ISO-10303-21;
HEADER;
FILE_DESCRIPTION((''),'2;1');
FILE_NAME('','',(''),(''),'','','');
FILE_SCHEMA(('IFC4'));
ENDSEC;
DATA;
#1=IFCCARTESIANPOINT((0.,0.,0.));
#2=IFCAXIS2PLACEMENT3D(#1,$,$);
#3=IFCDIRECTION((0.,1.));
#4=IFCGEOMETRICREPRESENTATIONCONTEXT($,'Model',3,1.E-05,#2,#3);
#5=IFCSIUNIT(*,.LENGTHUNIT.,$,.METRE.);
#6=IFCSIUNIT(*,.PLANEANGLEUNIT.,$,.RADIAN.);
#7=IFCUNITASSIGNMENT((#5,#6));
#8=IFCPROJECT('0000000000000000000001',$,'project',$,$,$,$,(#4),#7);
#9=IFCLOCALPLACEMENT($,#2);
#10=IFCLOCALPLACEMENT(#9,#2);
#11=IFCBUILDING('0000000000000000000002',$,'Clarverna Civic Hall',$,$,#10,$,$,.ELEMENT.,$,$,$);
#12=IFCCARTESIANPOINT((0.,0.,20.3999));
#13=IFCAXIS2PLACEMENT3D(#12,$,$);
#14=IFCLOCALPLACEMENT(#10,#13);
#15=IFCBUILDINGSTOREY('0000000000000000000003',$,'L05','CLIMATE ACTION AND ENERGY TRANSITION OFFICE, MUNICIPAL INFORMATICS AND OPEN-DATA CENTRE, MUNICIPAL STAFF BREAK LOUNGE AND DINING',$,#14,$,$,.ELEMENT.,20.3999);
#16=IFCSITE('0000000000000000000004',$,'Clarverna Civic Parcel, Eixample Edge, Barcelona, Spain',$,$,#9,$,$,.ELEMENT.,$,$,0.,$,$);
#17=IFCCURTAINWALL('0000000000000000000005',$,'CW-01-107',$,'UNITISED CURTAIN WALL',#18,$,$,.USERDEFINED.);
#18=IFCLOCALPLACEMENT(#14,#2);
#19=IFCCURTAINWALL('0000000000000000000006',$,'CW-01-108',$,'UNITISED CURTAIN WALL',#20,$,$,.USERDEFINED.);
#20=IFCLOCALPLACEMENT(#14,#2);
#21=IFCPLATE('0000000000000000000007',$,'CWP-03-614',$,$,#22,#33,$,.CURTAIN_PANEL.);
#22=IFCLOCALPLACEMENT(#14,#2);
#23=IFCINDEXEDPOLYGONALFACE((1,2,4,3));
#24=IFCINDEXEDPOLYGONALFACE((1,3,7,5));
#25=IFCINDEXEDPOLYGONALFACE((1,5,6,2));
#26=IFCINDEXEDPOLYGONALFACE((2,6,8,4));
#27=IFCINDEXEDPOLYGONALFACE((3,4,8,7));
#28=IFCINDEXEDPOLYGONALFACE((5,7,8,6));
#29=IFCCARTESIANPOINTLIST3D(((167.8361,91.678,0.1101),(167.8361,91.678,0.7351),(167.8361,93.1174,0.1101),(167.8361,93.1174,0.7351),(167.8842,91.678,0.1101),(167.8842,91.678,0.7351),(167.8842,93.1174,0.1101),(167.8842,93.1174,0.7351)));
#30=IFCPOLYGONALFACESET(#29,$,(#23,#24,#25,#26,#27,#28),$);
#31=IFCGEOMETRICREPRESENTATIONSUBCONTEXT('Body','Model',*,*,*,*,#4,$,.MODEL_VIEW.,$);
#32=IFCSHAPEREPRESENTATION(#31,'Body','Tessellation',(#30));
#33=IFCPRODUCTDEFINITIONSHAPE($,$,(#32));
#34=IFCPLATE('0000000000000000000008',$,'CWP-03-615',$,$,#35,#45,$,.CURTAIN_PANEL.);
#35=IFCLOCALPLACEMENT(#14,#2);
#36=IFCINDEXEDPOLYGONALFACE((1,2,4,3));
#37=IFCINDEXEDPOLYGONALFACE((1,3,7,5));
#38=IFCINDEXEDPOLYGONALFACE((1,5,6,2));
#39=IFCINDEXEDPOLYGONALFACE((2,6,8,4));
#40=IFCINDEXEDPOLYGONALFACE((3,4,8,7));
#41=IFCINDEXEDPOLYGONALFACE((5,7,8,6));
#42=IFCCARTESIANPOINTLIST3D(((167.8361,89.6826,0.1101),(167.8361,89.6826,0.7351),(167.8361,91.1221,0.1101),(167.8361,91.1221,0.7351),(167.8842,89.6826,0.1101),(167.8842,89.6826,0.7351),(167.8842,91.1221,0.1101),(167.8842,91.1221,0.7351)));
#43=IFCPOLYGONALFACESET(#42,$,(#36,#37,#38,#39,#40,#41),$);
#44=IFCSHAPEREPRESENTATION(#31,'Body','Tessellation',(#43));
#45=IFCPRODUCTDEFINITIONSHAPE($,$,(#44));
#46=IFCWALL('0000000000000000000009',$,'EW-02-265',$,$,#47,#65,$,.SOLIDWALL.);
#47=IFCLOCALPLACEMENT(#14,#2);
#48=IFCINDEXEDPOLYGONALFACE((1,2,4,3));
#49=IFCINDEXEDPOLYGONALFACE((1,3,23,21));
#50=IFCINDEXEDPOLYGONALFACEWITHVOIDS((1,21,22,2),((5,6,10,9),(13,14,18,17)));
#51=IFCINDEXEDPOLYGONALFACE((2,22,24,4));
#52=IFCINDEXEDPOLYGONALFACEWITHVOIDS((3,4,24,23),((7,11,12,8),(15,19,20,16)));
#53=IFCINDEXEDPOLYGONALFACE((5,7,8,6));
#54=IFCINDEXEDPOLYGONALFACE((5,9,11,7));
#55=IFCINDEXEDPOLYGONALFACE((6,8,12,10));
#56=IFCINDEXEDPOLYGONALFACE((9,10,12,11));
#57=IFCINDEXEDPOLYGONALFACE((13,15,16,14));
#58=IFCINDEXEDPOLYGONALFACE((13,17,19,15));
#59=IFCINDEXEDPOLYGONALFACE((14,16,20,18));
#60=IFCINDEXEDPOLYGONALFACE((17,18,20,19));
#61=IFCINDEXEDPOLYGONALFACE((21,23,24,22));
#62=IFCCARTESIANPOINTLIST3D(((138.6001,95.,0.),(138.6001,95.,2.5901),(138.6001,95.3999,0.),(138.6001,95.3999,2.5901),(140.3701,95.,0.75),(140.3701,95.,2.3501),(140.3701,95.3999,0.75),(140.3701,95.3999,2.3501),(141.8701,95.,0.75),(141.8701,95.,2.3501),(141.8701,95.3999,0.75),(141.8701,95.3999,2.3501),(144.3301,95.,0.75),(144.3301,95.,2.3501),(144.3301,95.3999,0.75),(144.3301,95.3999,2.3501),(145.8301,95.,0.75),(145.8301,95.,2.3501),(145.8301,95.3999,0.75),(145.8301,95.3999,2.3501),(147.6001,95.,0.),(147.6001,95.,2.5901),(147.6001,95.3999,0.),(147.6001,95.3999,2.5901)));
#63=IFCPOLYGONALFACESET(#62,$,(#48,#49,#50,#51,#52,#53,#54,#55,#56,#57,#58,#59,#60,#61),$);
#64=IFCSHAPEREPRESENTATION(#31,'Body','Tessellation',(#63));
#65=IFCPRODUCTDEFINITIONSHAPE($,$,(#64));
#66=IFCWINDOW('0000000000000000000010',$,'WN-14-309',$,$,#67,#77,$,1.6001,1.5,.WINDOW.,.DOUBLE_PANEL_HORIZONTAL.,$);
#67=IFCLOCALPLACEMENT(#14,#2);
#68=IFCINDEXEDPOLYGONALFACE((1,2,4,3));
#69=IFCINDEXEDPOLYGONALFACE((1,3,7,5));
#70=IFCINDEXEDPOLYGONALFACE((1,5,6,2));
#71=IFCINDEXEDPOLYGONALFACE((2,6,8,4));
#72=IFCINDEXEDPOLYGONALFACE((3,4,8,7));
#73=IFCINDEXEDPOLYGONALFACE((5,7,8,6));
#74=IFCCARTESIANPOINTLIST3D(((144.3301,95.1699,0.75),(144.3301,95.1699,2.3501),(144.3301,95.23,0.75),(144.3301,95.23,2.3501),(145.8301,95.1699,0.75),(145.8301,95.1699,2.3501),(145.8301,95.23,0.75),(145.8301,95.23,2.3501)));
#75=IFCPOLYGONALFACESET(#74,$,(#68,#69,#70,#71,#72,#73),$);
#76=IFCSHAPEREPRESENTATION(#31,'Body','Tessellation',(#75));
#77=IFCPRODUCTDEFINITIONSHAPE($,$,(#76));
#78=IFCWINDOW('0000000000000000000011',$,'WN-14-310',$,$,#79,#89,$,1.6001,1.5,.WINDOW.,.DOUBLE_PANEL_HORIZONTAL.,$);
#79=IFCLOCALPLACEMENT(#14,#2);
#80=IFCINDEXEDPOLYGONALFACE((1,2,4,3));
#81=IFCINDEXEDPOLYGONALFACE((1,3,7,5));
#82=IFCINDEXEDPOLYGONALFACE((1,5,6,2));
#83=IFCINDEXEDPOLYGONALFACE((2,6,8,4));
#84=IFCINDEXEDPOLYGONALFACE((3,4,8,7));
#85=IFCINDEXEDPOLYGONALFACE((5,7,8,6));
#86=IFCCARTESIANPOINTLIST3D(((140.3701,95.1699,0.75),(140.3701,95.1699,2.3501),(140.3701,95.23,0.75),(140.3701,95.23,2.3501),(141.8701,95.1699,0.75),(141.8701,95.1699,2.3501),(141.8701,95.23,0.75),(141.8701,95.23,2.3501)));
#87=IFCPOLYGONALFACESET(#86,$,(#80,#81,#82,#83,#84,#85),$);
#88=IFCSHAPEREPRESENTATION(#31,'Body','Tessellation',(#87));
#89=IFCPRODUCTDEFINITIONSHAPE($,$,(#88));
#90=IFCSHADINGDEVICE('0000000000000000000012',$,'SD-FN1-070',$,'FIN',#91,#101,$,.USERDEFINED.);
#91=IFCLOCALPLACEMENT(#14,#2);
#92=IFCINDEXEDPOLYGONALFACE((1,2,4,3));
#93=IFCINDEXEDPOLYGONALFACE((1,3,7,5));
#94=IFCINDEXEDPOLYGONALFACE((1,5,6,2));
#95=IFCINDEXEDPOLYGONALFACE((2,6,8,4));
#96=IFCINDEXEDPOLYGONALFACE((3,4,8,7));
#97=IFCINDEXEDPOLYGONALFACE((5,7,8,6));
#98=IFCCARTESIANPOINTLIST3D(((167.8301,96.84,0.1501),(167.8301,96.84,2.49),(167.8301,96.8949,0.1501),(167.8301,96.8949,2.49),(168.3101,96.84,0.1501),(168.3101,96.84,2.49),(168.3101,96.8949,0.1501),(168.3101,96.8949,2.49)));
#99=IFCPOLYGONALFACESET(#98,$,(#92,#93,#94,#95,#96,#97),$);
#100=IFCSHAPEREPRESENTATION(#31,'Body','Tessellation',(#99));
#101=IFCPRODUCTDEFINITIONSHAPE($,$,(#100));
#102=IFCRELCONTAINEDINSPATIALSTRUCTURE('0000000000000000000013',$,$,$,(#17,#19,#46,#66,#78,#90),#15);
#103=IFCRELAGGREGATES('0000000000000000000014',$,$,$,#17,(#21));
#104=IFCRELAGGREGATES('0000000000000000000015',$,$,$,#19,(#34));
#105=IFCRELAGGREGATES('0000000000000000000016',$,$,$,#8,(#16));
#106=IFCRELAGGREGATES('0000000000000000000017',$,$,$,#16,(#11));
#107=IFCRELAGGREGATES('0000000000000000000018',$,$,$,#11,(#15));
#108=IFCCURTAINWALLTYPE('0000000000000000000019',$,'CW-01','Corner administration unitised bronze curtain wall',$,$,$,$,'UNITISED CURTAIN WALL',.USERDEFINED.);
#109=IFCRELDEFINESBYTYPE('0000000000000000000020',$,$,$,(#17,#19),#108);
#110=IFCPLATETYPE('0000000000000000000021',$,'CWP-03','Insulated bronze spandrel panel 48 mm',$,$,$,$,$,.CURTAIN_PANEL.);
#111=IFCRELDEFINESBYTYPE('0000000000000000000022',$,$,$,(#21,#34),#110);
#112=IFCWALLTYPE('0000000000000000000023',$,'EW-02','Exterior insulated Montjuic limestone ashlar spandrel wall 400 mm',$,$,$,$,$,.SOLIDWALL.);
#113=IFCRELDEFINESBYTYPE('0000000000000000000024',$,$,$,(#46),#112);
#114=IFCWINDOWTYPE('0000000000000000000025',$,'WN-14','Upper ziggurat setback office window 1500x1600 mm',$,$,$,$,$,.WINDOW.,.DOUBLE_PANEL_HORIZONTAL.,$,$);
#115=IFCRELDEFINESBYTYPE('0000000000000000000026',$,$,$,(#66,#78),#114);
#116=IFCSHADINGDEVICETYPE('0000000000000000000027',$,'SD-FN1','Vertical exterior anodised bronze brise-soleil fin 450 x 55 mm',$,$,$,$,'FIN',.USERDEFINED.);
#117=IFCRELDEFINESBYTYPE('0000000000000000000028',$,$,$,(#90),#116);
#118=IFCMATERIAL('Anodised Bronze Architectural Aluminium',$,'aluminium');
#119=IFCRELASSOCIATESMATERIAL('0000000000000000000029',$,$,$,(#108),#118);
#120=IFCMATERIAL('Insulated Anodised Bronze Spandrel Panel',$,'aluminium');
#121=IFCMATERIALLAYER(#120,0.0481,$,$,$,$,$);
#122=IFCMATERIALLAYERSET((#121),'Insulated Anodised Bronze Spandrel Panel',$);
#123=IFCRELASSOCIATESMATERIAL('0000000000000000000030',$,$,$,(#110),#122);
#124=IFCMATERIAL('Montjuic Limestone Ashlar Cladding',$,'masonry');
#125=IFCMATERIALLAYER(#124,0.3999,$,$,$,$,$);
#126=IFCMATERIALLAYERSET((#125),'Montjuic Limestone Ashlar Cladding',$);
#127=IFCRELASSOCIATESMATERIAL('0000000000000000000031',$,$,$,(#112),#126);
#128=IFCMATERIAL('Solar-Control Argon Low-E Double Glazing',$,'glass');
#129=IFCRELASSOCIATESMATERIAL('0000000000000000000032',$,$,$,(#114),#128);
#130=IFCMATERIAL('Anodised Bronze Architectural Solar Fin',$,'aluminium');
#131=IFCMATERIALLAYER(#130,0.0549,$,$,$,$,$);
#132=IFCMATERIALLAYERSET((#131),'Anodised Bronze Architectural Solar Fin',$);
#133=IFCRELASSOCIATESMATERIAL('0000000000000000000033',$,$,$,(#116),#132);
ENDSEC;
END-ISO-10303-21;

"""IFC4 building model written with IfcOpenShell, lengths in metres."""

from ifc_helpers import new_model, si_unit, direction, frame, frame_2d, origin, place, context, subcontext, project, spatial, rectangle, extrude, material, layer, layer_set, type_object, element, fill, aggregate, save


model = new_model("IFC4")

# Units and contexts
model_context = context("Model", 3, precision=1e-05, world=origin(), true_north=direction((0.0, 1.0)))
body_context = subcontext(model_context, "Body", "Model", "MODEL_VIEW")
ifc_project = project(units=[si_unit("LENGTHUNIT", "METRE"), si_unit("PLANEANGLEUNIT", "RADIAN")], contexts=[model_context])

# Site, building, storey
site_placement = place(None, origin())
site = spatial("IfcSite", under=ifc_project, at=site_placement, Name="Clarverna Civic Parcel, Eixample Edge, Barcelona, Spain", CompositionType="ELEMENT", RefElevation=0.0)
building_placement = place(site_placement, origin())
building = spatial("IfcBuilding", under=site, at=building_placement, Name="Clarverna Civic Hall", CompositionType="ELEMENT")
storey_placement = place(building_placement, frame((0.0, 0.0, 20.3999)))
storey = spatial("IfcBuildingStorey", under=building, at=storey_placement, Name="L05", Description="CLIMATE ACTION AND ENERGY TRANSITION OFFICE, MUNICIPAL INFORMATICS AND OPEN-DATA CENTRE, MUNICIPAL STAFF BREAK LOUNGE AND DINING", CompositionType="ELEMENT", Elevation=20.3999)

# Curtain wall
ifc_material_1 = material(Name="Anodised Bronze Architectural Aluminium", Category="aluminium")
curtain_wall_type = type_object("IfcCurtainWallType", Name="CW-01", Description="Corner administration unitised bronze curtain wall", ElementType="UNITISED CURTAIN WALL", PredefinedType="USERDEFINED", material=ifc_material_1)
curtain_wall_1_placement = place(storey_placement, origin())
curtain_wall_1 = element("IfcCurtainWall", 1, at=curtain_wall_1_placement, inside=storey, type_object=curtain_wall_type, Name="CW-01-107", ObjectType="UNITISED CURTAIN WALL", PredefinedType="USERDEFINED")

# Curtain wall
curtain_wall_2_placement = place(storey_placement, origin())
curtain_wall_2 = element("IfcCurtainWall", 2, at=curtain_wall_2_placement, inside=storey, type_object=curtain_wall_type, Name="CW-01-108", ObjectType="UNITISED CURTAIN WALL", PredefinedType="USERDEFINED")

# Plates
ifc_material_2 = material(Name="Solar-Control Argon Low-E Double Glazing", Category="glass")
ifc_material_3 = material(Name="Insulated Anodised Bronze Spandrel Panel", Category="aluminium")
ifc_layer_1 = layer(ifc_material_3, 0.0481)
ifc_layer_set_1 = layer_set([ifc_layer_1], Name="Insulated Anodised Bronze Spandrel Panel")
plate_type_1 = type_object("IfcPlateType", Name="CWP-03", Description="Insulated bronze spandrel panel 48 mm", PredefinedType="CURTAIN_PANEL", material=ifc_layer_set_1)
plate_1_placement = place(storey_placement, frame((167.8601, 93.1174, 0.1101), z_axis=(0.0, 0.0, 1.0), x_axis=(0.0, -1.0, 0.0)))
plate_1 = element("IfcPlate", 3, at=plate_1_placement, type_object=plate_type_1, Name="CWP-03-614", PredefinedType="CURTAIN_PANEL", context=body_context, shape_type="SweptSolid", body=[
    extrude(rectangle(XDim=1.4395, YDim=0.0481, at=frame_2d((0.7197, 0.0))), origin(), (0.0, 0.0, 1.0), 0.625),
])
aggregate(curtain_wall_1, [plate_1])
plate_2_placement = place(storey_placement, frame((167.8601, 91.1221, 0.1101), z_axis=(0.0, 0.0, 1.0), x_axis=(0.0, -1.0, 0.0)))
plate_2 = element("IfcPlate", 4, at=plate_2_placement, type_object=plate_type_1, Name="CWP-03-615", PredefinedType="CURTAIN_PANEL", context=body_context, shape_type="SweptSolid", body=[
    extrude(rectangle(XDim=1.4395, YDim=0.0481, at=frame_2d((0.7197, 0.0))), origin(), (0.0, 0.0, 1.0), 0.625),
])
aggregate(curtain_wall_2, [plate_2])

# Wall, openings, windows
ifc_material_4 = material(Name="Montjuic Limestone Ashlar Cladding", Category="masonry")
ifc_layer_2 = layer(ifc_material_4, 0.3999)
ifc_layer_set_2 = layer_set([ifc_layer_2], Name="Montjuic Limestone Ashlar Cladding")
wall_type = type_object("IfcWallType", Name="EW-02", Description="Exterior insulated Montjuic limestone ashlar spandrel wall 400 mm", PredefinedType="SOLIDWALL", material=ifc_layer_set_2)
wall_placement = place(storey_placement, frame((147.6001, 95.2, 0.0), z_axis=(0.0, 0.0, 1.0), x_axis=(-1.0, 0.0, 0.0)))
wall = element("IfcWall", 5, at=wall_placement, inside=storey, type_object=wall_type, Name="EW-02-265", PredefinedType="SOLIDWALL", context=body_context, shape_type="SweptSolid", body=[
    extrude(rectangle(XDim=9.0, YDim=0.3999, at=frame_2d((4.5, 0.0))), origin(), (0.0, 0.0, 1.0), 2.5901),
])
opening_1_placement = place(wall_placement, frame((1.77, 0.0, 0.75)))
opening_1 = element("IfcOpeningElement", 6, at=opening_1_placement, cuts=wall, PredefinedType="OPENING", context=body_context, shape_type="SweptSolid", body=[
    extrude(rectangle(XDim=1.5, YDim=1.6001, at=frame_2d((0.75, 0.8))), frame((0.0, 0.21, 0.0), z_axis=(0.0, -1.0, 0.0), x_axis=(1.0, 0.0, 0.0)), (0.0, 0.0, 1.0), 0.4199),
])
opening_2_placement = place(wall_placement, frame((5.73, 0.0, 0.75)))
opening_2 = element("IfcOpeningElement", 7, at=opening_2_placement, cuts=wall, PredefinedType="OPENING", context=body_context, shape_type="SweptSolid", body=[
    extrude(rectangle(XDim=1.5, YDim=1.6001, at=frame_2d((0.75, 0.8))), frame((0.0, 0.21, 0.0), z_axis=(0.0, -1.0, 0.0), x_axis=(1.0, 0.0, 0.0)), (0.0, 0.0, 1.0), 0.4199),
])
window_type = type_object("IfcWindowType", Name="WN-14", Description="Upper ziggurat setback office window 1500x1600 mm", PartitioningType="DOUBLE_PANEL_HORIZONTAL", PredefinedType="WINDOW", material=ifc_material_2)
window_1_placement = place(opening_1_placement, origin())
window_1 = element("IfcWindow", 8, at=window_1_placement, inside=storey, type_object=window_type, Name="WN-14-309", OverallHeight=1.6001, OverallWidth=1.5, PartitioningType="DOUBLE_PANEL_HORIZONTAL", PredefinedType="WINDOW", context=body_context, shape_type="SweptSolid", body=[
    extrude(rectangle(XDim=1.5, YDim=1.6001, at=frame_2d((0.75, 0.8))), frame((0.0, 0.03, 0.0), z_axis=(0.0, -1.0, 0.0), x_axis=(1.0, 0.0, 0.0)), (0.0, 0.0, 1.0), 0.0601),
])
fill(opening_1, window_1)
window_2_placement = place(opening_2_placement, origin())
window_2 = element("IfcWindow", 9, at=window_2_placement, inside=storey, type_object=window_type, Name="WN-14-310", OverallHeight=1.6001, OverallWidth=1.5, PartitioningType="DOUBLE_PANEL_HORIZONTAL", PredefinedType="WINDOW", context=body_context, shape_type="SweptSolid", body=[
    extrude(rectangle(XDim=1.5, YDim=1.6001, at=frame_2d((0.75, 0.8))), frame((0.0, 0.03, 0.0), z_axis=(0.0, -1.0, 0.0), x_axis=(1.0, 0.0, 0.0)), (0.0, 0.0, 1.0), 0.0601),
])
fill(opening_2, window_2)

# Shading device
ifc_material_5 = material(Name="Anodised Bronze Architectural Solar Fin", Category="aluminium")
ifc_layer_3 = layer(ifc_material_5, 0.0549)
ifc_layer_set_3 = layer_set([ifc_layer_3], Name="Anodised Bronze Architectural Solar Fin")
shading_device_type = type_object("IfcShadingDeviceType", Name="SD-FN1", Description="Vertical exterior anodised bronze brise-soleil fin 450 x 55 mm", ElementType="FIN", PredefinedType="USERDEFINED", material=ifc_layer_set_3)
shading_device_placement = place(storey_placement, frame((167.8301, 96.8674, 0.1501), z_axis=(0.0, 0.0, 1.0), x_axis=(1.0, 0.0, 0.0)))
element("IfcShadingDevice", 10, at=shading_device_placement, inside=storey, type_object=shading_device_type, Name="SD-FN1-070", ObjectType="FIN", PredefinedType="USERDEFINED", context=body_context, shape_type="SweptSolid", body=[
    extrude(rectangle(XDim=0.48, YDim=0.0549, at=frame_2d((0.24, 0.0))), origin(), (0.0, 0.0, 1.0), 2.3398),
])

save(model, "model.ifc")
